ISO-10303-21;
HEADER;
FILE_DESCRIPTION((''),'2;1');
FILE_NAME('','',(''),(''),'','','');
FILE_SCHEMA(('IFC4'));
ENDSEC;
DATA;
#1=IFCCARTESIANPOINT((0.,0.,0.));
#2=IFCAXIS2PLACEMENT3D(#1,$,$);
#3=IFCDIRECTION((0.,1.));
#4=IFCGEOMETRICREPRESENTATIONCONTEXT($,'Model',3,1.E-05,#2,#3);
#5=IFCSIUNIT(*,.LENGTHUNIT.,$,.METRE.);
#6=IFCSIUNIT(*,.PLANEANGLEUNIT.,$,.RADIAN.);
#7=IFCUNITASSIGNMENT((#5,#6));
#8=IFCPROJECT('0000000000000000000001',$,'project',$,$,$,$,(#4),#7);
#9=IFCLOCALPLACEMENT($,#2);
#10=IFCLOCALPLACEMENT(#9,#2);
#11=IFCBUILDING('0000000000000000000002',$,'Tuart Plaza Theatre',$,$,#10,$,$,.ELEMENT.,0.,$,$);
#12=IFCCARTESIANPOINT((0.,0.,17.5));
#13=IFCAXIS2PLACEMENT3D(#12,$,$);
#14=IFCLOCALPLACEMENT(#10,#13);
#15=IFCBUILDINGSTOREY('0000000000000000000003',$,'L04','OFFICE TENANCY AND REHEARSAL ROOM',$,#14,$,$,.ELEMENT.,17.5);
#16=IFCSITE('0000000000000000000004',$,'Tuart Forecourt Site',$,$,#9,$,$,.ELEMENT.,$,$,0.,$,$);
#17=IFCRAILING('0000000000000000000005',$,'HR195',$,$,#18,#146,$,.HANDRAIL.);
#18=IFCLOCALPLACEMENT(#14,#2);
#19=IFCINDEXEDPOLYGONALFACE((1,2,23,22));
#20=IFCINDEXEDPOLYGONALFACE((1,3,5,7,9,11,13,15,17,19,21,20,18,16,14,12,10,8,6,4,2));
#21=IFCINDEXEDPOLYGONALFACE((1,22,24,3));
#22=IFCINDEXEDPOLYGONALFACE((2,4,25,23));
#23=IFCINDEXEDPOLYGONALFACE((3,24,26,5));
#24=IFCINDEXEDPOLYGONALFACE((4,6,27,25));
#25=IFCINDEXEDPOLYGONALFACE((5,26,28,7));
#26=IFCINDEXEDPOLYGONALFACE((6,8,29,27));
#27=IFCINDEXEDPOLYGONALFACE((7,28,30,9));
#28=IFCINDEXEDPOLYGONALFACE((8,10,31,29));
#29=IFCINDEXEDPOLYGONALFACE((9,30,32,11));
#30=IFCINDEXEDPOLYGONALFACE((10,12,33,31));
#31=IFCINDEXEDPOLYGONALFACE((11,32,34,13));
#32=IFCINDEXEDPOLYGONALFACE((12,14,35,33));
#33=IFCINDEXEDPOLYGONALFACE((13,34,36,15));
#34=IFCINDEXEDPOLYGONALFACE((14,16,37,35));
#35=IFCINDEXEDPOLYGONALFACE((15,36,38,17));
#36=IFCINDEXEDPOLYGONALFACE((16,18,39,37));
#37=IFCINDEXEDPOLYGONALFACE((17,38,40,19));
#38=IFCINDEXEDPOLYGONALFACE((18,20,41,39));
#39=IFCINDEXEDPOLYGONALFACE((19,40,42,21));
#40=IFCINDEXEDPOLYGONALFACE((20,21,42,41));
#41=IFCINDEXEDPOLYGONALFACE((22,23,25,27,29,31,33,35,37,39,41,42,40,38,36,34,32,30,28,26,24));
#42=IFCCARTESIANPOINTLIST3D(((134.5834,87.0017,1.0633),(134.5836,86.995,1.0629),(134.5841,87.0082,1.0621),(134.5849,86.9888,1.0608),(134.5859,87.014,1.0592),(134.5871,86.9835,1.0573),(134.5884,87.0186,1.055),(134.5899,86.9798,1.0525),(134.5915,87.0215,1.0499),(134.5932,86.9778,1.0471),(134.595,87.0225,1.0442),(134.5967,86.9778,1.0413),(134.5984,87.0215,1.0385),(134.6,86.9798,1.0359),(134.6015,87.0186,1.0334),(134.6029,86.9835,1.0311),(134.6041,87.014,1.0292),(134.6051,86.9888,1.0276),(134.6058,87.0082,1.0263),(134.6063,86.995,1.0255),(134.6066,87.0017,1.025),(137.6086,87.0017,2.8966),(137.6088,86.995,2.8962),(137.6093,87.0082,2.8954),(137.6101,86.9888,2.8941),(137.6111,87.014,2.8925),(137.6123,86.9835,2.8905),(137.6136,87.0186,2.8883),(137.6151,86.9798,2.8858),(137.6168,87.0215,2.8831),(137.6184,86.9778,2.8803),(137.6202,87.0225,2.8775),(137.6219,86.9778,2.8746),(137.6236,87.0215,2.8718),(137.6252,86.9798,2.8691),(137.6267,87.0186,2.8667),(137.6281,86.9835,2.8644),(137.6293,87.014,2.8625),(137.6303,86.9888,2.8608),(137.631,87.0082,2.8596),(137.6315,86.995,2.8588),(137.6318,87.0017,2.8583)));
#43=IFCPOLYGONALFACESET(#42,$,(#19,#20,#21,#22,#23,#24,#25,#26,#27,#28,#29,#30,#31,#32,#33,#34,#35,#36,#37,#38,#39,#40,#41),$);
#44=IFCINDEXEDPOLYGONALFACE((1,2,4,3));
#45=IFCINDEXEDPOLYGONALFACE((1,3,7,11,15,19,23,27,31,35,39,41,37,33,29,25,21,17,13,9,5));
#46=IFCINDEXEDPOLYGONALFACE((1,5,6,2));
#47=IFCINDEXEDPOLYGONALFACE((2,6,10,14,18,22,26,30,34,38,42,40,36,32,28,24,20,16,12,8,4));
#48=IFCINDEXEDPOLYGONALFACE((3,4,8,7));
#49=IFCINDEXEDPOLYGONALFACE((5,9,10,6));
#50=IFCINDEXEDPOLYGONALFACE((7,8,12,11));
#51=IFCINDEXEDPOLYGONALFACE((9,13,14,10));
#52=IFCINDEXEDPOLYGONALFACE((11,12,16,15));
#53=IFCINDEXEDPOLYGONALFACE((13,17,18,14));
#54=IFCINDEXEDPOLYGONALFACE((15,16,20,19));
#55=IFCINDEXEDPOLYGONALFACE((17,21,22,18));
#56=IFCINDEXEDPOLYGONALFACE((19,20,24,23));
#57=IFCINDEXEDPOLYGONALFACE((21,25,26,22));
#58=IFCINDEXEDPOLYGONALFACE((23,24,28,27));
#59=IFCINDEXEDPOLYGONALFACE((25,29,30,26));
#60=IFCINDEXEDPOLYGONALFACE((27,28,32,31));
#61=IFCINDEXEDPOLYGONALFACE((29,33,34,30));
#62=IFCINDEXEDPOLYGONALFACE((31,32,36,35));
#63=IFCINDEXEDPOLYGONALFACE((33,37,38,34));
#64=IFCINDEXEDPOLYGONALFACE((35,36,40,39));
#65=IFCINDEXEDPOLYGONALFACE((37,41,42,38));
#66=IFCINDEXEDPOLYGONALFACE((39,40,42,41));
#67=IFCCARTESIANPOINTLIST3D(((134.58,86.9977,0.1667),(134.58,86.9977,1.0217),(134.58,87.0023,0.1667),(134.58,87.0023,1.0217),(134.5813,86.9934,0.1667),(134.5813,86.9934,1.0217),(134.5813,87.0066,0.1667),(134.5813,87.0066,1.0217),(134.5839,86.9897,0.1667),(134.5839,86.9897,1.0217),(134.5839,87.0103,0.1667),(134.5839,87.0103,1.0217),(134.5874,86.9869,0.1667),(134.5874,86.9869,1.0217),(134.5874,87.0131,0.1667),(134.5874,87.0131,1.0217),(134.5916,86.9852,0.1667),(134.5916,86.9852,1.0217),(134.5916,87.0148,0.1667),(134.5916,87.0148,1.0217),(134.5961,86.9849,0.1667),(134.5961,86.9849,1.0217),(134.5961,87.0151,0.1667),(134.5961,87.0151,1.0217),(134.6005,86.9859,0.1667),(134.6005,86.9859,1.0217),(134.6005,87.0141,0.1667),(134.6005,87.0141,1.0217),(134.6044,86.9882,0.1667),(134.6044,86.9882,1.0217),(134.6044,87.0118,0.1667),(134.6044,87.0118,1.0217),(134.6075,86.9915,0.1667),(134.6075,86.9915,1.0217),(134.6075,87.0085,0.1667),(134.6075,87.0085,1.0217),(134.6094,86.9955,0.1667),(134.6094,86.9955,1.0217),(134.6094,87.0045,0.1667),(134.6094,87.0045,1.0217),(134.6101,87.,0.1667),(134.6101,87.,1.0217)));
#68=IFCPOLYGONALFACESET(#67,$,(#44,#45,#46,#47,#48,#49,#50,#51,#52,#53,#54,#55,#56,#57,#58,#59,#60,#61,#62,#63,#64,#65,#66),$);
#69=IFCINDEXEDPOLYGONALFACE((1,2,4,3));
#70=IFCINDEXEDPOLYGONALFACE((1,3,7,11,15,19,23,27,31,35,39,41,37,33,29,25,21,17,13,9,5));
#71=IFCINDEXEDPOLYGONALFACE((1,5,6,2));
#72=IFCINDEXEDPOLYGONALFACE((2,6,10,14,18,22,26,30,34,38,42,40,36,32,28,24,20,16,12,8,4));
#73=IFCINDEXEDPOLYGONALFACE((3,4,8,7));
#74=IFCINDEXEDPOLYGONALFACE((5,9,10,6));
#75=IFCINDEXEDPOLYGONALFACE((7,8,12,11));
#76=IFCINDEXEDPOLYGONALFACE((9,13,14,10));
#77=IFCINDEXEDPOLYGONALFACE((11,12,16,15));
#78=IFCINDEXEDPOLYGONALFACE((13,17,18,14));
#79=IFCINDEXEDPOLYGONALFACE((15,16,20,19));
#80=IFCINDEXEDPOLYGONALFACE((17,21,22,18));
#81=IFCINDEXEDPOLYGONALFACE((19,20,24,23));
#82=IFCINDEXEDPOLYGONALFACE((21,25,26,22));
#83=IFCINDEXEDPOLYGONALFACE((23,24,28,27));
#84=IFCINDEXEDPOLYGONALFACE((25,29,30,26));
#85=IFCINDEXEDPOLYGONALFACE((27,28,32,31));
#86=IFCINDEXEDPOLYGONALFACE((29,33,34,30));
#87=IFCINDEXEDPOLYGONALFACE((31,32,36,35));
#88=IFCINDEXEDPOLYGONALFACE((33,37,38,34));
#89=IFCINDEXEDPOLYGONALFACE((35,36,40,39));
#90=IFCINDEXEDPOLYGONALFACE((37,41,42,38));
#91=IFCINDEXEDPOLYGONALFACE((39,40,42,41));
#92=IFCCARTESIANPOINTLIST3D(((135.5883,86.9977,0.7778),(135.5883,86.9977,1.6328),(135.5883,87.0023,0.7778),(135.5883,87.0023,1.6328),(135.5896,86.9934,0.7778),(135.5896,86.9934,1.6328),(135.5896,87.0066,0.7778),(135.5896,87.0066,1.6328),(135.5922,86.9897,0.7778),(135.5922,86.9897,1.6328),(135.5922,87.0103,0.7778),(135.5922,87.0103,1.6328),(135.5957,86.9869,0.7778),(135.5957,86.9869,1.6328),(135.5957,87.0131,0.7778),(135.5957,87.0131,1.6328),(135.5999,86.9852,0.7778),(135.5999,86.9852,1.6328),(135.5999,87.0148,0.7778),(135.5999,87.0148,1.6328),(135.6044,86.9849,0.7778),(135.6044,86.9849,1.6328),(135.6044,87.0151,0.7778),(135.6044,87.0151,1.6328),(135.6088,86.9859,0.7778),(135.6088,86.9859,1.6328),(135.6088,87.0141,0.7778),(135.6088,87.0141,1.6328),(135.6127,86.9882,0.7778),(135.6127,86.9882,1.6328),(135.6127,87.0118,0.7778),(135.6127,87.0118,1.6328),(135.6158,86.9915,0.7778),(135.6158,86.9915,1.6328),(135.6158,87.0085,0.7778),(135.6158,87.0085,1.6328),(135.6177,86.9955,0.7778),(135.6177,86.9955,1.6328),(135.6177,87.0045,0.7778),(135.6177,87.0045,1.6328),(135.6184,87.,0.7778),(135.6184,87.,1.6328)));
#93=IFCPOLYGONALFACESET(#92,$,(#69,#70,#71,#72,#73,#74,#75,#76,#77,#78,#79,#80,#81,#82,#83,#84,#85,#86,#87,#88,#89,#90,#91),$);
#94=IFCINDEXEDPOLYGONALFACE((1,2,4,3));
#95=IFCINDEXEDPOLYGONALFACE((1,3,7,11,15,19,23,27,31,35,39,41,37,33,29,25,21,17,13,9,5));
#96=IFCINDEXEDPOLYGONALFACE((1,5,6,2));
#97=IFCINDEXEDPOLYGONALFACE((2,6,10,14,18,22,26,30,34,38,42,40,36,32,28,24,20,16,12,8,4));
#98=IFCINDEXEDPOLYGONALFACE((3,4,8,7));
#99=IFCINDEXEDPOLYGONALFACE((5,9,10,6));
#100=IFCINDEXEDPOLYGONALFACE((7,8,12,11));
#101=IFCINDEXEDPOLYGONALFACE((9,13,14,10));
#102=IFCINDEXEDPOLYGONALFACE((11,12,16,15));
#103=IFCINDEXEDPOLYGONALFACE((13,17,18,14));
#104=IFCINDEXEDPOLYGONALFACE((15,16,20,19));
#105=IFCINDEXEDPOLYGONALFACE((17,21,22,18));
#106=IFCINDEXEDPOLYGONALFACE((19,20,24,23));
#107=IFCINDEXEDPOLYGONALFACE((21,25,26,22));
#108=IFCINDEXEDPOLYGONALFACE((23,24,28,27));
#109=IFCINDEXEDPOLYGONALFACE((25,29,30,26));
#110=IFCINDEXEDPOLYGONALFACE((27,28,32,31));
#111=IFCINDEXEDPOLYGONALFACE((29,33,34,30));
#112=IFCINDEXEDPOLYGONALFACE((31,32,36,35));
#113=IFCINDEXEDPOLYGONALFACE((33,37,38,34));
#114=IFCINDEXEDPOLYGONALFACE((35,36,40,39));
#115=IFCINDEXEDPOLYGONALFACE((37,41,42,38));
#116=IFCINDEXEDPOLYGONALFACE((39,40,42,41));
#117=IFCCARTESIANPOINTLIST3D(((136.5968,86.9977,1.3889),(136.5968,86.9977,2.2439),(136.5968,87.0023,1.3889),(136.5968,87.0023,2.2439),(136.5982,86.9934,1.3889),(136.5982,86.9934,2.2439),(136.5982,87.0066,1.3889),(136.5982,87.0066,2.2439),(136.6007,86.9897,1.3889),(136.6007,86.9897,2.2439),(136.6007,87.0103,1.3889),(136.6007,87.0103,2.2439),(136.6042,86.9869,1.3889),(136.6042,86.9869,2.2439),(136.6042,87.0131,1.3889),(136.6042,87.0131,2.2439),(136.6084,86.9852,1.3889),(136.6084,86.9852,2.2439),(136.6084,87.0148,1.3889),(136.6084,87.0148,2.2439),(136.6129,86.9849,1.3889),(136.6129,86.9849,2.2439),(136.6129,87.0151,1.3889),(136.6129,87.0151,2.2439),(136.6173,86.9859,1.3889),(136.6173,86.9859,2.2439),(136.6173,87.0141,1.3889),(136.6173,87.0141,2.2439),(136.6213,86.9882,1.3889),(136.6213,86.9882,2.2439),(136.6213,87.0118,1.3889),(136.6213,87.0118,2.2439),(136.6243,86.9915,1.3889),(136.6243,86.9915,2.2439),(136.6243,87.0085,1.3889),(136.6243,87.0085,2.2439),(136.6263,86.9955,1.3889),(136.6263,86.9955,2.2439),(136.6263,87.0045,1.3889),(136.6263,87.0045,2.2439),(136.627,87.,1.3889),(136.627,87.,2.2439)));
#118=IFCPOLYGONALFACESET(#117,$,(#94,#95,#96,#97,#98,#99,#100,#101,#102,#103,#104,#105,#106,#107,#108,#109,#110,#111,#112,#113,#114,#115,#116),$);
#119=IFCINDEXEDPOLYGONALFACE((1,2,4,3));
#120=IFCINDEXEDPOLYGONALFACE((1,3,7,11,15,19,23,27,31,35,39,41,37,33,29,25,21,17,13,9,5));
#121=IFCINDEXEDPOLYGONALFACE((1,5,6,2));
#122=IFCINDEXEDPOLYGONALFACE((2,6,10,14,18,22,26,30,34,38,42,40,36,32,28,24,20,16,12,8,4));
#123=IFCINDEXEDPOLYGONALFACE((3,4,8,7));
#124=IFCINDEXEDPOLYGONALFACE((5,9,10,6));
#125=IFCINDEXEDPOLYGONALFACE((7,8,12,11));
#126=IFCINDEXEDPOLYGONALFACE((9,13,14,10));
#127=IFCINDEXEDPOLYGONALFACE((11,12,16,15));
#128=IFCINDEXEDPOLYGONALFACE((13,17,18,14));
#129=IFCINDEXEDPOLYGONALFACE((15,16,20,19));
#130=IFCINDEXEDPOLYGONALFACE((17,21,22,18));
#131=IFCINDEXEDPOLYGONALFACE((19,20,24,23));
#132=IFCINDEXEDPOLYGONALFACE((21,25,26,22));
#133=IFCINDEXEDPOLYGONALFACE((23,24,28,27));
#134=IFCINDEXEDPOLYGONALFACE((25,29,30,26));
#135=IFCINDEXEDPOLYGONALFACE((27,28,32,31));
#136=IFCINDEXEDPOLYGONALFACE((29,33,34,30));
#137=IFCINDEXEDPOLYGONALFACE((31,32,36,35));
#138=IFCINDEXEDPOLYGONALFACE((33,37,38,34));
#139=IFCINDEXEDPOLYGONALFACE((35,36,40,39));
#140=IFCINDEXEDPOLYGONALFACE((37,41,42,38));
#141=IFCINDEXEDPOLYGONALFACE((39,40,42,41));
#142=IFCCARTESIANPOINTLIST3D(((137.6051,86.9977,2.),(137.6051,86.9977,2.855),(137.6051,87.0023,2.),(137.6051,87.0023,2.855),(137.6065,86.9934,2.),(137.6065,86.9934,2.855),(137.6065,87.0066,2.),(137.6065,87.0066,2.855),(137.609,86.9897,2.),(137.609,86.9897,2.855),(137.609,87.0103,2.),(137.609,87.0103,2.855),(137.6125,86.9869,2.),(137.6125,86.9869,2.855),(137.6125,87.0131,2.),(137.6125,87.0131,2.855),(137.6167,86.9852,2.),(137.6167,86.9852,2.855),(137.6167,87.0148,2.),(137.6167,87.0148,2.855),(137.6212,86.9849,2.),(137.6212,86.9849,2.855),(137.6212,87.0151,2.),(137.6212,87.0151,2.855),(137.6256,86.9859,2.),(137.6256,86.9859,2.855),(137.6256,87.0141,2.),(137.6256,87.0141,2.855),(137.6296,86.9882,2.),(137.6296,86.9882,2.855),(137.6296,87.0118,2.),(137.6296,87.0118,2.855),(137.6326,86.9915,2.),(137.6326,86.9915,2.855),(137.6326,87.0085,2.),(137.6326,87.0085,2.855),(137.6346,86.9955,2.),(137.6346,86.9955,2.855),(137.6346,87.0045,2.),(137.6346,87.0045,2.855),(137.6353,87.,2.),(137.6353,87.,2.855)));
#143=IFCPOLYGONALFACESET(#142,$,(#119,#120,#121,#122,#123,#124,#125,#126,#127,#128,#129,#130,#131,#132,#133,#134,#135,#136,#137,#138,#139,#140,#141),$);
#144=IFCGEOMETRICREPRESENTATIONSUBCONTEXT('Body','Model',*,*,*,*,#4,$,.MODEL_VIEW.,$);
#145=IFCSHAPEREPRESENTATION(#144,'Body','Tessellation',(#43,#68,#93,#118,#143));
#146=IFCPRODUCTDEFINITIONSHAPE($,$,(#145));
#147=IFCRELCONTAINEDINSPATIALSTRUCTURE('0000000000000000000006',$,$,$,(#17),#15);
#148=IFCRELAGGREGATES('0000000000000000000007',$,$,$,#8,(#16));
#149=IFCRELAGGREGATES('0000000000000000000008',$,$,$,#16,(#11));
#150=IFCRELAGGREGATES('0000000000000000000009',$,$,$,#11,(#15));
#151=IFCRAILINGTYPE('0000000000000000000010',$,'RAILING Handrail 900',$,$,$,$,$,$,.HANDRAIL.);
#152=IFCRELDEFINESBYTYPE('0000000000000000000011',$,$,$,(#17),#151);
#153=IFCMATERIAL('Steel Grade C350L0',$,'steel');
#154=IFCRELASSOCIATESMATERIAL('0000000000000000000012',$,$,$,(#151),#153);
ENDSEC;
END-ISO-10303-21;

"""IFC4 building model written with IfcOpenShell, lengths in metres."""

from ifc_helpers import new_model, si_unit, direction, frame, origin, origin_2d, place, context, subcontext, project, spatial, circle, extrude, material, type_object, element, save


model = new_model("IFC4")

# Units and contexts
model_context = context("Model", 3, precision=1e-05, world=origin(), true_north=direction((0.0, 1.0)))
body_context = subcontext(model_context, "Body", "Model", "MODEL_VIEW")
ifc_project = project(units=[si_unit("LENGTHUNIT", "METRE"), si_unit("PLANEANGLEUNIT", "RADIAN")], contexts=[model_context])

# Site, building, storey
site_placement = place(None, origin())
site = spatial("IfcSite", under=ifc_project, at=site_placement, Name="Tuart Forecourt Site", CompositionType="ELEMENT", RefElevation=0.0)
building_placement = place(site_placement, origin())
building = spatial("IfcBuilding", under=site, at=building_placement, Name="Tuart Plaza Theatre", CompositionType="ELEMENT", ElevationOfRefHeight=0.0)
storey_placement = place(building_placement, frame((0.0, 0.0, 17.5)))
storey = spatial("IfcBuildingStorey", under=building, at=storey_placement, Name="L04", Description="OFFICE TENANCY AND REHEARSAL ROOM", CompositionType="ELEMENT", Elevation=17.5)

# Railing
ifc_material_1 = material(Name="Steel Grade C350L0", Category="steel")
railing_type_1 = type_object("IfcRailingType", Name="RAILING Handrail 900", PredefinedType="HANDRAIL", material=ifc_material_1)
for number, where, name in (
    (1, (134.595, 87.0, 0.1667), "HR195"),
):
    element("IfcRailing", number, at=place(storey_placement, frame(where)), inside=storey, type_object=railing_type_1, Name=name, PredefinedType="HANDRAIL", context=body_context, shape_type="SweptSolid", body=[
        extrude(circle(Radius=0.0225, at=origin_2d()), frame((0.0, 0.0, 0.8774), z_axis=(0.855219, 0.0, 0.518267), x_axis=(0.0, 1.0, 0.0)), (0.0, 0.0, 1.0), 3.5374),
        extrude(circle(Radius=0.0151, at=origin_2d()), origin(), (0.0, 0.0, 1.0), 0.855),
        extrude(circle(Radius=0.0151, at=origin_2d()), frame((1.0083, 0.0, 0.6111)), (0.0, 0.0, 1.0), 0.855),
        extrude(circle(Radius=0.0151, at=origin_2d()), frame((2.0168, 0.0, 1.2222)), (0.0, 0.0, 1.0), 0.855),
        extrude(circle(Radius=0.0151, at=origin_2d()), frame((3.0251, 0.0, 1.8333)), (0.0, 0.0, 1.0), 0.855),
    ])

save(model, "model.ifc")
